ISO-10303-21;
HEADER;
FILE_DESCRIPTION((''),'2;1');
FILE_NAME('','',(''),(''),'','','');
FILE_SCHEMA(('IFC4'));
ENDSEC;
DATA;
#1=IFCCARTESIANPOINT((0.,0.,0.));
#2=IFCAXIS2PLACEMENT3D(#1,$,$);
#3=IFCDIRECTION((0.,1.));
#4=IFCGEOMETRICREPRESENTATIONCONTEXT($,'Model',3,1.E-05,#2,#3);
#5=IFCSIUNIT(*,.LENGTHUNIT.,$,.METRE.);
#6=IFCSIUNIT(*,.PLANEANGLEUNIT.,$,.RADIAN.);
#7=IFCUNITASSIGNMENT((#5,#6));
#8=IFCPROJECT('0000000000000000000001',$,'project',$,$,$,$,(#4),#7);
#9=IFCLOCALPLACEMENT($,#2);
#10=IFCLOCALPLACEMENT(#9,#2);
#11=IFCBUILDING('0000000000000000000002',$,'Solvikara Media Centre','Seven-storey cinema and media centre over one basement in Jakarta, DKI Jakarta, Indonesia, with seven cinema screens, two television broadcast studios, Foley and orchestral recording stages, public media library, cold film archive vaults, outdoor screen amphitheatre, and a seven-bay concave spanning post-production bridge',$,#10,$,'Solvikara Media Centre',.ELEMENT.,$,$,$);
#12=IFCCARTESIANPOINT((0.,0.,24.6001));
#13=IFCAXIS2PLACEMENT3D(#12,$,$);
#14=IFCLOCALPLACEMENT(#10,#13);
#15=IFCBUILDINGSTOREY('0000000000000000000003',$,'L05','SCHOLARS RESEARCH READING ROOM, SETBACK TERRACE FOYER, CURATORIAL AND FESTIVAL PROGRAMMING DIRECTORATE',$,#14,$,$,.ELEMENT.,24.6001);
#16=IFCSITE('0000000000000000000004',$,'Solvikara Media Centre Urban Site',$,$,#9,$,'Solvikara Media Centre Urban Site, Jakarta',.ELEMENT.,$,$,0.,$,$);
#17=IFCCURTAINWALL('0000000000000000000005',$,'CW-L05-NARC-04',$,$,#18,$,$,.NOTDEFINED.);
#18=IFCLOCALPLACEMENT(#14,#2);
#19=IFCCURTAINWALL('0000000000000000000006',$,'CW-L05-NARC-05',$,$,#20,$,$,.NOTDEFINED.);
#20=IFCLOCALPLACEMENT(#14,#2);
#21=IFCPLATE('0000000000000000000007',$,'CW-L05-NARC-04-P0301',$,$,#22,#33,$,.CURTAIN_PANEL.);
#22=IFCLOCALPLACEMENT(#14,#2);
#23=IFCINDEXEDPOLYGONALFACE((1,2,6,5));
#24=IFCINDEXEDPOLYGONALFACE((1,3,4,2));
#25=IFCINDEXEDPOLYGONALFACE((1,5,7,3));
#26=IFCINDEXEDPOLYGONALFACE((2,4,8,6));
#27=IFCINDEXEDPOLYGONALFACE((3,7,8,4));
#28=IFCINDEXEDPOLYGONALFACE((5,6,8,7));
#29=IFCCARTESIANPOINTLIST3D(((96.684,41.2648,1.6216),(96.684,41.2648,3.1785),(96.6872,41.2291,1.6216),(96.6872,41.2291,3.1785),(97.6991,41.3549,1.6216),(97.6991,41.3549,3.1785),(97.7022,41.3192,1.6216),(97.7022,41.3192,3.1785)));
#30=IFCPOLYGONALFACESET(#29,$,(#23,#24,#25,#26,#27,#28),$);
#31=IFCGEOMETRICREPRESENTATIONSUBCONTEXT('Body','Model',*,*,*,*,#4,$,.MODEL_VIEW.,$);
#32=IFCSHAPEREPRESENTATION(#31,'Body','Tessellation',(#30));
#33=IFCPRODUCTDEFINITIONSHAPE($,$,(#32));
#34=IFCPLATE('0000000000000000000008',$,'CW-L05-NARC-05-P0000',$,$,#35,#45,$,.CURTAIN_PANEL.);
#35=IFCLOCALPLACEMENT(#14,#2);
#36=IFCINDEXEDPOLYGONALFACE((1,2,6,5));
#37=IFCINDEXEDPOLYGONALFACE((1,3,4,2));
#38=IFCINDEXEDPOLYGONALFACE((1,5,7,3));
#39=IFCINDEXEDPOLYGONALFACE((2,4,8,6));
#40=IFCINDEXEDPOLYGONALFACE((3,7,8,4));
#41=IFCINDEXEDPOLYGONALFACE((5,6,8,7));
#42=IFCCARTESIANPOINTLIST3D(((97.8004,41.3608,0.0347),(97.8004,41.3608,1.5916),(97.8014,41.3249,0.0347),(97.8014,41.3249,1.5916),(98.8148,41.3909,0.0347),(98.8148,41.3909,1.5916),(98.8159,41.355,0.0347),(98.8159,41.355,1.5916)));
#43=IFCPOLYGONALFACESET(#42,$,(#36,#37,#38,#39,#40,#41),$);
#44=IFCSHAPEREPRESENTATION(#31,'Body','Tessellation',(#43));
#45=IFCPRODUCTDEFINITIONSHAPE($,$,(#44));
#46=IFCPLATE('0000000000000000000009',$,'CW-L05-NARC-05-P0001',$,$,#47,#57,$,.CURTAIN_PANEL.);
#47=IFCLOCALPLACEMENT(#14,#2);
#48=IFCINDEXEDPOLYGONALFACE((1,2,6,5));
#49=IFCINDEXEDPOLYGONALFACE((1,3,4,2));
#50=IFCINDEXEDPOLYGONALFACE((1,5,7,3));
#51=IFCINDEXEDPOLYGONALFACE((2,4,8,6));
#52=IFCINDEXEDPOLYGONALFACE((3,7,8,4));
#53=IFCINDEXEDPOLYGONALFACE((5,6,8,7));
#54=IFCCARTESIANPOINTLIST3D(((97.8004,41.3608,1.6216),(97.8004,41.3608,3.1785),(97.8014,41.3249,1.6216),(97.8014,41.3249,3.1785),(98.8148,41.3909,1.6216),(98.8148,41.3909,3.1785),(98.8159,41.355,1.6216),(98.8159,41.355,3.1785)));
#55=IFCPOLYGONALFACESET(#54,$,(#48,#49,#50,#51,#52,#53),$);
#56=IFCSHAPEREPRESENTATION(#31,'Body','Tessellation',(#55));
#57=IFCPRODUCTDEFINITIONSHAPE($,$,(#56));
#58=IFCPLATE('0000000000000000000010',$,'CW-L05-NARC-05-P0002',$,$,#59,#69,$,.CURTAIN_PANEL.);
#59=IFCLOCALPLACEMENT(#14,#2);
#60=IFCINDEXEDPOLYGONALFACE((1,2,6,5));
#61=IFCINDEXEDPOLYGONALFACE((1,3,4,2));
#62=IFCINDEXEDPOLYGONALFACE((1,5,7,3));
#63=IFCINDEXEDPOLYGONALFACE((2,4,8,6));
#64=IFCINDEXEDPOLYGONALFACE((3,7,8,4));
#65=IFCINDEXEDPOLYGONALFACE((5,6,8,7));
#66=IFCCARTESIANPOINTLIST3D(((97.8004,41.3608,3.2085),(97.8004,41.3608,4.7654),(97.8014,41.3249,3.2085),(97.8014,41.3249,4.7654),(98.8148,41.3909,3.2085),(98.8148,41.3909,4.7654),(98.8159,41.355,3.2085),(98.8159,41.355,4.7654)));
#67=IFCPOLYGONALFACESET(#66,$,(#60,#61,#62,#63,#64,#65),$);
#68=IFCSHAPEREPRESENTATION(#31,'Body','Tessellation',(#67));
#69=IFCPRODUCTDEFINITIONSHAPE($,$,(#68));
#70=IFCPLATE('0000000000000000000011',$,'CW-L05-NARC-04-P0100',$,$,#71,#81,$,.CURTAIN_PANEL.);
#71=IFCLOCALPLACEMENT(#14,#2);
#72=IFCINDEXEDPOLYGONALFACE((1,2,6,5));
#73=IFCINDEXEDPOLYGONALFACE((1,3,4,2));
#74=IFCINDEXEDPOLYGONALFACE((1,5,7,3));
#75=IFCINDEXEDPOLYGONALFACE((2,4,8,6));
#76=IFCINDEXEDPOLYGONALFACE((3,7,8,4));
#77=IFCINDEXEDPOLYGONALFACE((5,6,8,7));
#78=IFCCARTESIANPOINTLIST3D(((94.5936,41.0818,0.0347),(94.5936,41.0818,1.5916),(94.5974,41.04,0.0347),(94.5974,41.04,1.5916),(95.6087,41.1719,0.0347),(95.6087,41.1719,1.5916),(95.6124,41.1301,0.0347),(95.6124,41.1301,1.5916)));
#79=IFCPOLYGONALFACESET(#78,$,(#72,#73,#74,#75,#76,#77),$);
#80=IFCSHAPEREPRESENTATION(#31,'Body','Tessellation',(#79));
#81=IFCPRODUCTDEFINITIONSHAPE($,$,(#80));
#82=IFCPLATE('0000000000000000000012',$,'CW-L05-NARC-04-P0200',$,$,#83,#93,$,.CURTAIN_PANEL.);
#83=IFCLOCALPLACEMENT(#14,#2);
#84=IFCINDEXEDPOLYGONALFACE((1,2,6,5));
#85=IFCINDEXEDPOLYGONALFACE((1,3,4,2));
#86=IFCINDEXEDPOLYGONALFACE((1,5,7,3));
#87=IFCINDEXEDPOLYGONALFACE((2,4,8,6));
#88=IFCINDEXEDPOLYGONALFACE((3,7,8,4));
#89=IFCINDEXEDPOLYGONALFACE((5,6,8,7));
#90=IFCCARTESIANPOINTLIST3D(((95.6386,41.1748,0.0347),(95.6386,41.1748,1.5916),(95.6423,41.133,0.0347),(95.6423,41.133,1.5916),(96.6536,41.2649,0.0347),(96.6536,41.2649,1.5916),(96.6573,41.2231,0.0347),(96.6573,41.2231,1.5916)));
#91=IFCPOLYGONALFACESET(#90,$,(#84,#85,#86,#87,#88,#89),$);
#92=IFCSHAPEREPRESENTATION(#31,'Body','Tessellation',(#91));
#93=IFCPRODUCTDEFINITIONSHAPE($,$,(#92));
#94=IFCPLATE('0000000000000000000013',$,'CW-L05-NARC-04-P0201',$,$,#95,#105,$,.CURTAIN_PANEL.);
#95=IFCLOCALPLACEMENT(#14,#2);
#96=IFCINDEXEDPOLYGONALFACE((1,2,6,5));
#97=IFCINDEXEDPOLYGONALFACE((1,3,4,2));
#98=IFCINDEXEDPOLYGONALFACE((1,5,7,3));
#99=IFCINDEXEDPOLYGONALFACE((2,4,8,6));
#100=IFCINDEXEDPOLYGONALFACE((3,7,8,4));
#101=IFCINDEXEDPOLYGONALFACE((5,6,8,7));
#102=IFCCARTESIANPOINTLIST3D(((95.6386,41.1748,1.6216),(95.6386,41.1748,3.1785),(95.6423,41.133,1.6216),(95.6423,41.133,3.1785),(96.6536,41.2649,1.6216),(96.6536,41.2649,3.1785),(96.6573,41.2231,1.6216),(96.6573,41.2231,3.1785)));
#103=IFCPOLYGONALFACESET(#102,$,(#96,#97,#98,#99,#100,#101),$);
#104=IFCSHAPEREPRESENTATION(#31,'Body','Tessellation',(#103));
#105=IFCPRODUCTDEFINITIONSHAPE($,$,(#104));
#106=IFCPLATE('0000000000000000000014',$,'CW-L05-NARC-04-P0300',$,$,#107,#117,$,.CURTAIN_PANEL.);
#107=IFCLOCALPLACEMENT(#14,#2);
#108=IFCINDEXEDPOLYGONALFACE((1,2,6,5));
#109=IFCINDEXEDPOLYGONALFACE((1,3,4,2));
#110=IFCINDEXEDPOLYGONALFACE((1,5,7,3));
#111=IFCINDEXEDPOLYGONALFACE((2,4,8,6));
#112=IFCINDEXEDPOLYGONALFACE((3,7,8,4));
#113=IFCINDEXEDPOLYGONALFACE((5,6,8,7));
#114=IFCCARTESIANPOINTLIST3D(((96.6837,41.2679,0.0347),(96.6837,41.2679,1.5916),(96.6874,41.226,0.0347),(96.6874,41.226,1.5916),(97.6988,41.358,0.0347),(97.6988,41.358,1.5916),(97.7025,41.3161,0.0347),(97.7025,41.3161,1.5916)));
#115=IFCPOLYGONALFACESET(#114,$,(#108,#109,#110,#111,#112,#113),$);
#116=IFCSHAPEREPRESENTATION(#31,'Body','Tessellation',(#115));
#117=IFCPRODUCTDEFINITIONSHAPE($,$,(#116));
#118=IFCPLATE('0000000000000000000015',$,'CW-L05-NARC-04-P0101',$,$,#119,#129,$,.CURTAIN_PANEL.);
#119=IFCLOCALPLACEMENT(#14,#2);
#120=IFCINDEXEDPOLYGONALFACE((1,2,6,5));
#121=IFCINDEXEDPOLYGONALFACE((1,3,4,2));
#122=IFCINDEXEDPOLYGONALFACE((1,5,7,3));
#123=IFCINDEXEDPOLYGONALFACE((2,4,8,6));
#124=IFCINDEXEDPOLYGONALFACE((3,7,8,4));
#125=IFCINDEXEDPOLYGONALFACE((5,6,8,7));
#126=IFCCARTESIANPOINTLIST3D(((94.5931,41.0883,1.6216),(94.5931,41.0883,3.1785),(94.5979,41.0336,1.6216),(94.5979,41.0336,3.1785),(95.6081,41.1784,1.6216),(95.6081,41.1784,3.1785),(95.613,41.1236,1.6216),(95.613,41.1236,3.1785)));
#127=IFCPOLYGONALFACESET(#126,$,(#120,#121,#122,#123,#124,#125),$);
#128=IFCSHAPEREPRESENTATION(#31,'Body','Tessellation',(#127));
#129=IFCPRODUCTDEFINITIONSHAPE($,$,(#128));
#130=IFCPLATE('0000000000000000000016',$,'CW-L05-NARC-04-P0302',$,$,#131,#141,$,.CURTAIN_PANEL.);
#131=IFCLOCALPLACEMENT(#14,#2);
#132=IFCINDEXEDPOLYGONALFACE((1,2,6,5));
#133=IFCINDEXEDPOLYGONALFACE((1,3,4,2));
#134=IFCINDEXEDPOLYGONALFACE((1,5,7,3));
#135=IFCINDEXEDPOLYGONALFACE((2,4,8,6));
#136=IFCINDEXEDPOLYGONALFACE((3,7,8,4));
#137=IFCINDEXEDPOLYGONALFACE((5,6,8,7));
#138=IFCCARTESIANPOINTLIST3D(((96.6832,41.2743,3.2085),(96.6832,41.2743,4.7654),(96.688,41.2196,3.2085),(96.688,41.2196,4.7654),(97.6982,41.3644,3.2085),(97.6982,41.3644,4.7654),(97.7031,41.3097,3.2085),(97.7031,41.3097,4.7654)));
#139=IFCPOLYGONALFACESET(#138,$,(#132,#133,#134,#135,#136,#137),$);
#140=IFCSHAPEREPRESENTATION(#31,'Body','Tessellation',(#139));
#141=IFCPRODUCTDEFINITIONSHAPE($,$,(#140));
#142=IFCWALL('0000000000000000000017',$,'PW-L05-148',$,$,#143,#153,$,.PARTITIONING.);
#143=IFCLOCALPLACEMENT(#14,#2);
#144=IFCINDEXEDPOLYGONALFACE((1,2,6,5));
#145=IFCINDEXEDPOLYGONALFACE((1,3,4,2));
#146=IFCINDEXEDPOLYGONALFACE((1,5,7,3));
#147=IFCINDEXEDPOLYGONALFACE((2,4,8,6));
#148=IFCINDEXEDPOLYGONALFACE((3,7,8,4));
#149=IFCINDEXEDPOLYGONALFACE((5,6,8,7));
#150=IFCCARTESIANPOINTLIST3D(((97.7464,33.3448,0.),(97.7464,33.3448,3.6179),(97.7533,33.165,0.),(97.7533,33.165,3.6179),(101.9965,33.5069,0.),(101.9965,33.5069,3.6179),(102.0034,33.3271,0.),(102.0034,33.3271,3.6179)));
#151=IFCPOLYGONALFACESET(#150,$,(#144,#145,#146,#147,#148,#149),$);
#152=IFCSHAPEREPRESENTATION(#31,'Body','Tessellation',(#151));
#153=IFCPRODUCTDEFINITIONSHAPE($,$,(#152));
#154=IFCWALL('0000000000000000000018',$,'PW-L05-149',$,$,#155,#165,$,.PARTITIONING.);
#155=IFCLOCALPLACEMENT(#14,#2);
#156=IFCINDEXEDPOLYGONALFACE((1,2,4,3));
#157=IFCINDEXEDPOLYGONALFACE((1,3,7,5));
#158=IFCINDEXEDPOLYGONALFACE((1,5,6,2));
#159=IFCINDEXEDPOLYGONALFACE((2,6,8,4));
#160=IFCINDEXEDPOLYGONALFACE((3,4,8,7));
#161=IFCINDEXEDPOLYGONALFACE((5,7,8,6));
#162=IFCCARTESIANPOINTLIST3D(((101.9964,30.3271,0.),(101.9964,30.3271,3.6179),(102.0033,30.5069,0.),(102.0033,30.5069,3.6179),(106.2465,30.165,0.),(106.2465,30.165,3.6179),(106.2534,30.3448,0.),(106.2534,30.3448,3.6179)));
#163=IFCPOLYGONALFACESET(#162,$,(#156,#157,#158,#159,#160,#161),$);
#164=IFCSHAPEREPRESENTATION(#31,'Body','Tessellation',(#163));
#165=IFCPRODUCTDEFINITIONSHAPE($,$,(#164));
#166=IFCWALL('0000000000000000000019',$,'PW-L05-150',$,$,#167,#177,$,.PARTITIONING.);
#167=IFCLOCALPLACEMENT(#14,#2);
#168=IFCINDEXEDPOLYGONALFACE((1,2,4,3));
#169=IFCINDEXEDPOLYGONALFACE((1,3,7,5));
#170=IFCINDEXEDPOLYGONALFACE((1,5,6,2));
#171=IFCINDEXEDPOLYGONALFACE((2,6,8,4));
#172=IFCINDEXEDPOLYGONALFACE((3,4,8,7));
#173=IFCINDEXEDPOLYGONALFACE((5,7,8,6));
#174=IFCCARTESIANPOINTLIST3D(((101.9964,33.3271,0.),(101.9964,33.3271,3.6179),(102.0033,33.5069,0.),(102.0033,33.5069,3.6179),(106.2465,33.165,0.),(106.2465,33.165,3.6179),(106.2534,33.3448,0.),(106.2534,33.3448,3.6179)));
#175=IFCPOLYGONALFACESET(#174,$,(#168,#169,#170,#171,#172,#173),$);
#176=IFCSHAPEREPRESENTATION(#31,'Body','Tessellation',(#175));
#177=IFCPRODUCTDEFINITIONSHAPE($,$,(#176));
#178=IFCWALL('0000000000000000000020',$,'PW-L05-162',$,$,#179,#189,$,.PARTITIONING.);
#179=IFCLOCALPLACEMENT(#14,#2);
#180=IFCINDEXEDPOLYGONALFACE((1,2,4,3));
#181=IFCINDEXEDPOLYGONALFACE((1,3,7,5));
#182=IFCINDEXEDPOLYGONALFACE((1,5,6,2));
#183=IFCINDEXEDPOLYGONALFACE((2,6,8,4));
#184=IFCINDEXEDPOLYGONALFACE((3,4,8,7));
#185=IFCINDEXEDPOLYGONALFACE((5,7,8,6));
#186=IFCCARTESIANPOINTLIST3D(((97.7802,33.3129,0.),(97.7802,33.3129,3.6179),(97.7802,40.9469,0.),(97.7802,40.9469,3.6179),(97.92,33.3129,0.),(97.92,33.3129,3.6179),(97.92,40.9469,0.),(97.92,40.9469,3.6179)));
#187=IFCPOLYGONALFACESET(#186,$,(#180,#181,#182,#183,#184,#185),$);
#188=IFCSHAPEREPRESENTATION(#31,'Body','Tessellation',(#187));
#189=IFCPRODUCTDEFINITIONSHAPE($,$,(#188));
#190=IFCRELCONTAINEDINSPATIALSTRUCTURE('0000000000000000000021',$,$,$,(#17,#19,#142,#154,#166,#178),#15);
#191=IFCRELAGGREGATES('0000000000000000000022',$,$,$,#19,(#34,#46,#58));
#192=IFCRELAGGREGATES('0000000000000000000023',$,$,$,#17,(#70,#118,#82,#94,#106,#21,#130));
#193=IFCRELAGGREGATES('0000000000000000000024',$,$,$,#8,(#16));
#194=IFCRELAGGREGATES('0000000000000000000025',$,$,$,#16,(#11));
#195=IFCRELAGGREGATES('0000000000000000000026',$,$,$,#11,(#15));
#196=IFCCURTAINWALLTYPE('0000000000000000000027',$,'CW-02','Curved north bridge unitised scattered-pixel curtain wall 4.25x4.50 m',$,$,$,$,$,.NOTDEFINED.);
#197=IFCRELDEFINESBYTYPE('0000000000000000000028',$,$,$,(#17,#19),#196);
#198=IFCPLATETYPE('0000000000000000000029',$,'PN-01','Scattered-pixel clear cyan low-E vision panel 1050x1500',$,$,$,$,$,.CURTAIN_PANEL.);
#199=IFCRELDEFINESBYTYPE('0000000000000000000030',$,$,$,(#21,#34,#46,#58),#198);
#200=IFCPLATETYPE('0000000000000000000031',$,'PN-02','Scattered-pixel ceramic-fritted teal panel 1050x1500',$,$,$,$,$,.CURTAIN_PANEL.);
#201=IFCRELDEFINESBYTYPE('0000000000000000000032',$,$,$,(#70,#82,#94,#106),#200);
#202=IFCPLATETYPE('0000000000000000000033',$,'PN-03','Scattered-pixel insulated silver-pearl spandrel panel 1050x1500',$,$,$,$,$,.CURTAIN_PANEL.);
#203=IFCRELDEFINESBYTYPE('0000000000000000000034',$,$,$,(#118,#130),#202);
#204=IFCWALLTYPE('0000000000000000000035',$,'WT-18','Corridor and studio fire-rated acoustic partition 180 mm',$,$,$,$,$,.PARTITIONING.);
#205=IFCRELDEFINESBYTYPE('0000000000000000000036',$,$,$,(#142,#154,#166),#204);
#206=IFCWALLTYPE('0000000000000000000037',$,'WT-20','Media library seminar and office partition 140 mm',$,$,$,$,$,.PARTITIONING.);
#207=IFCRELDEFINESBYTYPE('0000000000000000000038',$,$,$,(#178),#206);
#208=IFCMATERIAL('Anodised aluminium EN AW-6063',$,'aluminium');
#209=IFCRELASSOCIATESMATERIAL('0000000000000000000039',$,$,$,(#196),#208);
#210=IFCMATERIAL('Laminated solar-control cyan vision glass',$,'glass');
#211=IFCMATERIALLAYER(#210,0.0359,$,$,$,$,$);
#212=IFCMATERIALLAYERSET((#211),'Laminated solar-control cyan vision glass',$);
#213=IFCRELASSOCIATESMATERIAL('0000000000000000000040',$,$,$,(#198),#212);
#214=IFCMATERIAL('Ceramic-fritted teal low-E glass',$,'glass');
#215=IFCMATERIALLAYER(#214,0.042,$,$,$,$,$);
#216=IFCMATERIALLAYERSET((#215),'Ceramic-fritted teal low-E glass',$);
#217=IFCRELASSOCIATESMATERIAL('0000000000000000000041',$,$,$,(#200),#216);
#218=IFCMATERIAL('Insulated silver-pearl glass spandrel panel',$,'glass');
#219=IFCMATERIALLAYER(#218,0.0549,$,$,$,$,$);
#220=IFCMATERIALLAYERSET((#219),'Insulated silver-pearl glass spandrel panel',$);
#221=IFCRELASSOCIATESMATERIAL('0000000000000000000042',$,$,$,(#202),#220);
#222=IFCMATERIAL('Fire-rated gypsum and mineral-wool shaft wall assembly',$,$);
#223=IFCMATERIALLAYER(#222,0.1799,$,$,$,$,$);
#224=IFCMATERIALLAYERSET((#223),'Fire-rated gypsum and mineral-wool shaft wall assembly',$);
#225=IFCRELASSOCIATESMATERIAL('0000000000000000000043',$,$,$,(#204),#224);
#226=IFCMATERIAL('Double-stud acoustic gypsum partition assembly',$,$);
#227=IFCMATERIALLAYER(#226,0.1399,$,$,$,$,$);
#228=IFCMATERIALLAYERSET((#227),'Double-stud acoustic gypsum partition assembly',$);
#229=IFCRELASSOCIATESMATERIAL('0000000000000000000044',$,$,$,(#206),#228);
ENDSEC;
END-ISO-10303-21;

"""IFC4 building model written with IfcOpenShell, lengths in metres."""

from ifc_helpers import new_model, si_unit, direction, frame, frame_2d, origin, origin_2d, place, context, subcontext, project, spatial, rectangle, extrude, material, layer, layer_set, type_object, element, aggregate, save


model = new_model("IFC4")

# Units and contexts
model_context = context("Model", 3, precision=1e-05, world=origin(), true_north=direction((0.0, 1.0)))
body_context = subcontext(model_context, "Body", "Model", "MODEL_VIEW")
ifc_project = project(units=[si_unit("LENGTHUNIT", "METRE"), si_unit("PLANEANGLEUNIT", "RADIAN")], contexts=[model_context])

# Site, building, storey
site_placement = place(None, origin())
site = spatial("IfcSite", under=ifc_project, at=site_placement, Name="Solvikara Media Centre Urban Site", LongName="Solvikara Media Centre Urban Site, Jakarta", CompositionType="ELEMENT", RefElevation=0.0)
building_placement = place(site_placement, origin())
building = spatial("IfcBuilding", under=site, at=building_placement, Name="Solvikara Media Centre", Description="Seven-storey cinema and media centre over one basement in Jakarta, DKI Jakarta, Indonesia, with seven cinema screens, two television broadcast studios, Foley and orchestral recording stages, public media library, cold film archive vaults, outdoor screen amphitheatre, and a seven-bay concave spanning post-production bridge", LongName="Solvikara Media Centre", CompositionType="ELEMENT")
storey_placement = place(building_placement, frame((0.0, 0.0, 24.6001)))
storey = spatial("IfcBuildingStorey", under=building, at=storey_placement, Name="L05", Description="SCHOLARS RESEARCH READING ROOM, SETBACK TERRACE FOYER, CURATORIAL AND FESTIVAL PROGRAMMING DIRECTORATE", CompositionType="ELEMENT", Elevation=24.6001)

# Curtain walls
ifc_material_1 = material(Name="Anodised aluminium EN AW-6063", Category="aluminium")
curtain_wall_type = type_object("IfcCurtainWallType", Name="CW-02", Description="Curved north bridge unitised scattered-pixel curtain wall 4.25x4.50 m", PredefinedType="NOTDEFINED", material=ifc_material_1)
curtain_wall_1_placement = place(storey_placement, origin())
curtain_wall_1 = element("IfcCurtainWall", 1, at=curtain_wall_1_placement, inside=storey, type_object=curtain_wall_type, Name="CW-L05-NARC-04", PredefinedType="NOTDEFINED")
curtain_wall_2_placement = place(storey_placement, origin())
curtain_wall_2 = element("IfcCurtainWall", 2, at=curtain_wall_2_placement, inside=storey, type_object=curtain_wall_type, Name="CW-L05-NARC-05", PredefinedType="NOTDEFINED")

# Plates
ifc_material_2 = material(Name="Laminated solar-control cyan vision glass", Category="glass")
ifc_layer_1 = layer(ifc_material_2, 0.0359)
ifc_layer_set_1 = layer_set([ifc_layer_1], Name="Laminated solar-control cyan vision glass")
plate_type_1 = type_object("IfcPlateType", Name="PN-01", Description="Scattered-pixel clear cyan low-E vision panel 1050x1500", PredefinedType="CURTAIN_PANEL", material=ifc_layer_set_1)
plate_1_placement = place(storey_placement, frame((97.1931, 41.292, 1.6216), z_axis=(0.0, 0.0, 1.0), x_axis=(0.996084, 0.088408, 0.0)))
plate_1 = element("IfcPlate", 3, at=plate_1_placement, type_object=plate_type_1, Name="CW-L05-NARC-04-P0301", PredefinedType="CURTAIN_PANEL", context=body_context, shape_type="SweptSolid", body=[
    extrude(rectangle(XDim=1.019, YDim=0.0359, at=origin_2d()), origin(), (0.0, 0.0, 1.0), 1.5569),
])
plate_2_placement = place(storey_placement, frame((98.3081, 41.3579, 0.0347), z_axis=(0.0, 0.0, 1.0), x_axis=(0.99956, 0.029649, 0.0)))
plate_2 = element("IfcPlate", 4, at=plate_2_placement, type_object=plate_type_1, Name="CW-L05-NARC-05-P0000", PredefinedType="CURTAIN_PANEL", context=body_context, shape_type="SweptSolid", body=[
    extrude(rectangle(XDim=1.0149, YDim=0.0359, at=origin_2d()), origin(), (0.0, 0.0, 1.0), 1.5569),
])
plate_3_placement = place(storey_placement, frame((98.3081, 41.3579, 1.6216), z_axis=(0.0, 0.0, 1.0), x_axis=(0.99956, 0.029649, 0.0)))
plate_3 = element("IfcPlate", 5, at=plate_3_placement, type_object=plate_type_1, Name="CW-L05-NARC-05-P0001", PredefinedType="CURTAIN_PANEL", context=body_context, shape_type="SweptSolid", body=[
    extrude(rectangle(XDim=1.0149, YDim=0.0359, at=origin_2d()), origin(), (0.0, 0.0, 1.0), 1.5569),
])
plate_4_placement = place(storey_placement, frame((98.3081, 41.3579, 3.2085), z_axis=(0.0, 0.0, 1.0), x_axis=(0.99956, 0.029649, 0.0)))
plate_4 = element("IfcPlate", 6, at=plate_4_placement, type_object=plate_type_1, Name="CW-L05-NARC-05-P0002", PredefinedType="CURTAIN_PANEL", context=body_context, shape_type="SweptSolid", body=[
    extrude(rectangle(XDim=1.0149, YDim=0.0359, at=origin_2d()), origin(), (0.0, 0.0, 1.0), 1.5569),
])
aggregate(curtain_wall_2, [plate_2, plate_3, plate_4])
ifc_material_3 = material(Name="Ceramic-fritted teal low-E glass", Category="glass")
ifc_layer_2 = layer(ifc_material_3, 0.042)
ifc_layer_set_2 = layer_set([ifc_layer_2], Name="Ceramic-fritted teal low-E glass")
plate_type_2 = type_object("IfcPlateType", Name="PN-02", Description="Scattered-pixel ceramic-fritted teal panel 1050x1500", PredefinedType="CURTAIN_PANEL", material=ifc_layer_set_2)
plate_5_placement = place(storey_placement, frame((95.103, 41.106, 0.0347), z_axis=(0.0, 0.0, 1.0), x_axis=(0.996084, 0.088408, 0.0)))
plate_5 = element("IfcPlate", 7, at=plate_5_placement, type_object=plate_type_2, Name="CW-L05-NARC-04-P0100", PredefinedType="CURTAIN_PANEL", context=body_context, shape_type="SweptSolid", body=[
    extrude(rectangle(XDim=1.019, YDim=0.042, at=origin_2d()), origin(), (0.0, 0.0, 1.0), 1.5569),
])
plate_6_placement = place(storey_placement, frame((96.1479, 41.199, 0.0347), z_axis=(0.0, 0.0, 1.0), x_axis=(0.996084, 0.088408, 0.0)))
plate_6 = element("IfcPlate", 8, at=plate_6_placement, type_object=plate_type_2, Name="CW-L05-NARC-04-P0200", PredefinedType="CURTAIN_PANEL", context=body_context, shape_type="SweptSolid", body=[
    extrude(rectangle(XDim=1.019, YDim=0.042, at=origin_2d()), origin(), (0.0, 0.0, 1.0), 1.5569),
])
plate_7_placement = place(storey_placement, frame((96.1479, 41.199, 1.6216), z_axis=(0.0, 0.0, 1.0), x_axis=(0.996084, 0.088408, 0.0)))
plate_7 = element("IfcPlate", 9, at=plate_7_placement, type_object=plate_type_2, Name="CW-L05-NARC-04-P0201", PredefinedType="CURTAIN_PANEL", context=body_context, shape_type="SweptSolid", body=[
    extrude(rectangle(XDim=1.019, YDim=0.042, at=origin_2d()), origin(), (0.0, 0.0, 1.0), 1.5569),
])
plate_8_placement = place(storey_placement, frame((97.1931, 41.292, 0.0347), z_axis=(0.0, 0.0, 1.0), x_axis=(0.996084, 0.088408, 0.0)))
plate_8 = element("IfcPlate", 10, at=plate_8_placement, type_object=plate_type_2, Name="CW-L05-NARC-04-P0300", PredefinedType="CURTAIN_PANEL", context=body_context, shape_type="SweptSolid", body=[
    extrude(rectangle(XDim=1.019, YDim=0.042, at=origin_2d()), origin(), (0.0, 0.0, 1.0), 1.5569),
])
ifc_material_4 = material(Name="Insulated silver-pearl glass spandrel panel", Category="glass")
ifc_layer_3 = layer(ifc_material_4, 0.0549)
ifc_layer_set_3 = layer_set([ifc_layer_3], Name="Insulated silver-pearl glass spandrel panel")
plate_type_3 = type_object("IfcPlateType", Name="PN-03", Description="Scattered-pixel insulated silver-pearl spandrel panel 1050x1500", PredefinedType="CURTAIN_PANEL", material=ifc_layer_set_3)
plate_9_placement = place(storey_placement, frame((95.103, 41.106, 1.6216), z_axis=(0.0, 0.0, 1.0), x_axis=(0.996084, 0.088408, 0.0)))
plate_9 = element("IfcPlate", 11, at=plate_9_placement, type_object=plate_type_3, Name="CW-L05-NARC-04-P0101", PredefinedType="CURTAIN_PANEL", context=body_context, shape_type="SweptSolid", body=[
    extrude(rectangle(XDim=1.019, YDim=0.0549, at=origin_2d()), origin(), (0.0, 0.0, 1.0), 1.5569),
])
plate_10_placement = place(storey_placement, frame((97.1931, 41.292, 3.2085), z_axis=(0.0, 0.0, 1.0), x_axis=(0.996084, 0.088408, 0.0)))
plate_10 = element("IfcPlate", 12, at=plate_10_placement, type_object=plate_type_3, Name="CW-L05-NARC-04-P0302", PredefinedType="CURTAIN_PANEL", context=body_context, shape_type="SweptSolid", body=[
    extrude(rectangle(XDim=1.019, YDim=0.0549, at=origin_2d()), origin(), (0.0, 0.0, 1.0), 1.5569),
])
aggregate(curtain_wall_1, [plate_5, plate_9, plate_6, plate_7, plate_8, plate_1, plate_10])

# Walls
ifc_material_5 = material(Name="Fire-rated gypsum and mineral-wool shaft wall assembly")
ifc_layer_4 = layer(ifc_material_5, 0.1799)
ifc_layer_set_4 = layer_set([ifc_layer_4], Name="Fire-rated gypsum and mineral-wool shaft wall assembly")
wall_type_1 = type_object("IfcWallType", Name="WT-18", Description="Corridor and studio fire-rated acoustic partition 180 mm", PredefinedType="PARTITIONING", material=ifc_layer_set_4)
for number, where, z_axis, x_axis, name in (
    (13, (97.75, 33.2549, 0.0), (0.0, 0.0, 1.0), (0.999273, 0.038116, 0.0), "PW-L05-148"),
    (14, (102.0, 30.417, 0.0), (0.0, 0.0, 1.0), (0.999273, -0.038116, 0.0), "PW-L05-149"),
    (15, (102.0, 33.417, 0.0), (0.0, 0.0, 1.0), (0.999273, -0.038116, 0.0), "PW-L05-150"),
):
    element("IfcWall", number, at=place(storey_placement, frame(where, z_axis=z_axis, x_axis=x_axis)), inside=storey, type_object=wall_type_1, Name=name, PredefinedType="PARTITIONING", context=body_context, shape_type="SweptSolid", body=[
        extrude(rectangle(XDim=4.2532, YDim=0.1799, at=frame_2d((2.1265, 0.0))), origin(), (0.0, 0.0, 1.0), 3.6179),
    ])
ifc_material_6 = material(Name="Double-stud acoustic gypsum partition assembly")
ifc_layer_5 = layer(ifc_material_6, 0.1399)
ifc_layer_set_5 = layer_set([ifc_layer_5], Name="Double-stud acoustic gypsum partition assembly")
wall_type_2 = type_object("IfcWallType", Name="WT-20", Description="Media library seminar and office partition 140 mm", PredefinedType="PARTITIONING", material=ifc_layer_set_5)
wall_placement = place(storey_placement, frame((97.8501, 33.313, 0.0), z_axis=(0.0, 0.0, 1.0), x_axis=(0.0, 1.0, 0.0)))
element("IfcWall", 16, at=wall_placement, inside=storey, type_object=wall_type_2, Name="PW-L05-162", PredefinedType="PARTITIONING", context=body_context, shape_type="SweptSolid", body=[
    extrude(rectangle(XDim=7.634, YDim=0.1399, at=frame_2d((3.8169, 0.0))), origin(), (0.0, 0.0, 1.0), 3.6179),
])

save(model, "model.ifc")
